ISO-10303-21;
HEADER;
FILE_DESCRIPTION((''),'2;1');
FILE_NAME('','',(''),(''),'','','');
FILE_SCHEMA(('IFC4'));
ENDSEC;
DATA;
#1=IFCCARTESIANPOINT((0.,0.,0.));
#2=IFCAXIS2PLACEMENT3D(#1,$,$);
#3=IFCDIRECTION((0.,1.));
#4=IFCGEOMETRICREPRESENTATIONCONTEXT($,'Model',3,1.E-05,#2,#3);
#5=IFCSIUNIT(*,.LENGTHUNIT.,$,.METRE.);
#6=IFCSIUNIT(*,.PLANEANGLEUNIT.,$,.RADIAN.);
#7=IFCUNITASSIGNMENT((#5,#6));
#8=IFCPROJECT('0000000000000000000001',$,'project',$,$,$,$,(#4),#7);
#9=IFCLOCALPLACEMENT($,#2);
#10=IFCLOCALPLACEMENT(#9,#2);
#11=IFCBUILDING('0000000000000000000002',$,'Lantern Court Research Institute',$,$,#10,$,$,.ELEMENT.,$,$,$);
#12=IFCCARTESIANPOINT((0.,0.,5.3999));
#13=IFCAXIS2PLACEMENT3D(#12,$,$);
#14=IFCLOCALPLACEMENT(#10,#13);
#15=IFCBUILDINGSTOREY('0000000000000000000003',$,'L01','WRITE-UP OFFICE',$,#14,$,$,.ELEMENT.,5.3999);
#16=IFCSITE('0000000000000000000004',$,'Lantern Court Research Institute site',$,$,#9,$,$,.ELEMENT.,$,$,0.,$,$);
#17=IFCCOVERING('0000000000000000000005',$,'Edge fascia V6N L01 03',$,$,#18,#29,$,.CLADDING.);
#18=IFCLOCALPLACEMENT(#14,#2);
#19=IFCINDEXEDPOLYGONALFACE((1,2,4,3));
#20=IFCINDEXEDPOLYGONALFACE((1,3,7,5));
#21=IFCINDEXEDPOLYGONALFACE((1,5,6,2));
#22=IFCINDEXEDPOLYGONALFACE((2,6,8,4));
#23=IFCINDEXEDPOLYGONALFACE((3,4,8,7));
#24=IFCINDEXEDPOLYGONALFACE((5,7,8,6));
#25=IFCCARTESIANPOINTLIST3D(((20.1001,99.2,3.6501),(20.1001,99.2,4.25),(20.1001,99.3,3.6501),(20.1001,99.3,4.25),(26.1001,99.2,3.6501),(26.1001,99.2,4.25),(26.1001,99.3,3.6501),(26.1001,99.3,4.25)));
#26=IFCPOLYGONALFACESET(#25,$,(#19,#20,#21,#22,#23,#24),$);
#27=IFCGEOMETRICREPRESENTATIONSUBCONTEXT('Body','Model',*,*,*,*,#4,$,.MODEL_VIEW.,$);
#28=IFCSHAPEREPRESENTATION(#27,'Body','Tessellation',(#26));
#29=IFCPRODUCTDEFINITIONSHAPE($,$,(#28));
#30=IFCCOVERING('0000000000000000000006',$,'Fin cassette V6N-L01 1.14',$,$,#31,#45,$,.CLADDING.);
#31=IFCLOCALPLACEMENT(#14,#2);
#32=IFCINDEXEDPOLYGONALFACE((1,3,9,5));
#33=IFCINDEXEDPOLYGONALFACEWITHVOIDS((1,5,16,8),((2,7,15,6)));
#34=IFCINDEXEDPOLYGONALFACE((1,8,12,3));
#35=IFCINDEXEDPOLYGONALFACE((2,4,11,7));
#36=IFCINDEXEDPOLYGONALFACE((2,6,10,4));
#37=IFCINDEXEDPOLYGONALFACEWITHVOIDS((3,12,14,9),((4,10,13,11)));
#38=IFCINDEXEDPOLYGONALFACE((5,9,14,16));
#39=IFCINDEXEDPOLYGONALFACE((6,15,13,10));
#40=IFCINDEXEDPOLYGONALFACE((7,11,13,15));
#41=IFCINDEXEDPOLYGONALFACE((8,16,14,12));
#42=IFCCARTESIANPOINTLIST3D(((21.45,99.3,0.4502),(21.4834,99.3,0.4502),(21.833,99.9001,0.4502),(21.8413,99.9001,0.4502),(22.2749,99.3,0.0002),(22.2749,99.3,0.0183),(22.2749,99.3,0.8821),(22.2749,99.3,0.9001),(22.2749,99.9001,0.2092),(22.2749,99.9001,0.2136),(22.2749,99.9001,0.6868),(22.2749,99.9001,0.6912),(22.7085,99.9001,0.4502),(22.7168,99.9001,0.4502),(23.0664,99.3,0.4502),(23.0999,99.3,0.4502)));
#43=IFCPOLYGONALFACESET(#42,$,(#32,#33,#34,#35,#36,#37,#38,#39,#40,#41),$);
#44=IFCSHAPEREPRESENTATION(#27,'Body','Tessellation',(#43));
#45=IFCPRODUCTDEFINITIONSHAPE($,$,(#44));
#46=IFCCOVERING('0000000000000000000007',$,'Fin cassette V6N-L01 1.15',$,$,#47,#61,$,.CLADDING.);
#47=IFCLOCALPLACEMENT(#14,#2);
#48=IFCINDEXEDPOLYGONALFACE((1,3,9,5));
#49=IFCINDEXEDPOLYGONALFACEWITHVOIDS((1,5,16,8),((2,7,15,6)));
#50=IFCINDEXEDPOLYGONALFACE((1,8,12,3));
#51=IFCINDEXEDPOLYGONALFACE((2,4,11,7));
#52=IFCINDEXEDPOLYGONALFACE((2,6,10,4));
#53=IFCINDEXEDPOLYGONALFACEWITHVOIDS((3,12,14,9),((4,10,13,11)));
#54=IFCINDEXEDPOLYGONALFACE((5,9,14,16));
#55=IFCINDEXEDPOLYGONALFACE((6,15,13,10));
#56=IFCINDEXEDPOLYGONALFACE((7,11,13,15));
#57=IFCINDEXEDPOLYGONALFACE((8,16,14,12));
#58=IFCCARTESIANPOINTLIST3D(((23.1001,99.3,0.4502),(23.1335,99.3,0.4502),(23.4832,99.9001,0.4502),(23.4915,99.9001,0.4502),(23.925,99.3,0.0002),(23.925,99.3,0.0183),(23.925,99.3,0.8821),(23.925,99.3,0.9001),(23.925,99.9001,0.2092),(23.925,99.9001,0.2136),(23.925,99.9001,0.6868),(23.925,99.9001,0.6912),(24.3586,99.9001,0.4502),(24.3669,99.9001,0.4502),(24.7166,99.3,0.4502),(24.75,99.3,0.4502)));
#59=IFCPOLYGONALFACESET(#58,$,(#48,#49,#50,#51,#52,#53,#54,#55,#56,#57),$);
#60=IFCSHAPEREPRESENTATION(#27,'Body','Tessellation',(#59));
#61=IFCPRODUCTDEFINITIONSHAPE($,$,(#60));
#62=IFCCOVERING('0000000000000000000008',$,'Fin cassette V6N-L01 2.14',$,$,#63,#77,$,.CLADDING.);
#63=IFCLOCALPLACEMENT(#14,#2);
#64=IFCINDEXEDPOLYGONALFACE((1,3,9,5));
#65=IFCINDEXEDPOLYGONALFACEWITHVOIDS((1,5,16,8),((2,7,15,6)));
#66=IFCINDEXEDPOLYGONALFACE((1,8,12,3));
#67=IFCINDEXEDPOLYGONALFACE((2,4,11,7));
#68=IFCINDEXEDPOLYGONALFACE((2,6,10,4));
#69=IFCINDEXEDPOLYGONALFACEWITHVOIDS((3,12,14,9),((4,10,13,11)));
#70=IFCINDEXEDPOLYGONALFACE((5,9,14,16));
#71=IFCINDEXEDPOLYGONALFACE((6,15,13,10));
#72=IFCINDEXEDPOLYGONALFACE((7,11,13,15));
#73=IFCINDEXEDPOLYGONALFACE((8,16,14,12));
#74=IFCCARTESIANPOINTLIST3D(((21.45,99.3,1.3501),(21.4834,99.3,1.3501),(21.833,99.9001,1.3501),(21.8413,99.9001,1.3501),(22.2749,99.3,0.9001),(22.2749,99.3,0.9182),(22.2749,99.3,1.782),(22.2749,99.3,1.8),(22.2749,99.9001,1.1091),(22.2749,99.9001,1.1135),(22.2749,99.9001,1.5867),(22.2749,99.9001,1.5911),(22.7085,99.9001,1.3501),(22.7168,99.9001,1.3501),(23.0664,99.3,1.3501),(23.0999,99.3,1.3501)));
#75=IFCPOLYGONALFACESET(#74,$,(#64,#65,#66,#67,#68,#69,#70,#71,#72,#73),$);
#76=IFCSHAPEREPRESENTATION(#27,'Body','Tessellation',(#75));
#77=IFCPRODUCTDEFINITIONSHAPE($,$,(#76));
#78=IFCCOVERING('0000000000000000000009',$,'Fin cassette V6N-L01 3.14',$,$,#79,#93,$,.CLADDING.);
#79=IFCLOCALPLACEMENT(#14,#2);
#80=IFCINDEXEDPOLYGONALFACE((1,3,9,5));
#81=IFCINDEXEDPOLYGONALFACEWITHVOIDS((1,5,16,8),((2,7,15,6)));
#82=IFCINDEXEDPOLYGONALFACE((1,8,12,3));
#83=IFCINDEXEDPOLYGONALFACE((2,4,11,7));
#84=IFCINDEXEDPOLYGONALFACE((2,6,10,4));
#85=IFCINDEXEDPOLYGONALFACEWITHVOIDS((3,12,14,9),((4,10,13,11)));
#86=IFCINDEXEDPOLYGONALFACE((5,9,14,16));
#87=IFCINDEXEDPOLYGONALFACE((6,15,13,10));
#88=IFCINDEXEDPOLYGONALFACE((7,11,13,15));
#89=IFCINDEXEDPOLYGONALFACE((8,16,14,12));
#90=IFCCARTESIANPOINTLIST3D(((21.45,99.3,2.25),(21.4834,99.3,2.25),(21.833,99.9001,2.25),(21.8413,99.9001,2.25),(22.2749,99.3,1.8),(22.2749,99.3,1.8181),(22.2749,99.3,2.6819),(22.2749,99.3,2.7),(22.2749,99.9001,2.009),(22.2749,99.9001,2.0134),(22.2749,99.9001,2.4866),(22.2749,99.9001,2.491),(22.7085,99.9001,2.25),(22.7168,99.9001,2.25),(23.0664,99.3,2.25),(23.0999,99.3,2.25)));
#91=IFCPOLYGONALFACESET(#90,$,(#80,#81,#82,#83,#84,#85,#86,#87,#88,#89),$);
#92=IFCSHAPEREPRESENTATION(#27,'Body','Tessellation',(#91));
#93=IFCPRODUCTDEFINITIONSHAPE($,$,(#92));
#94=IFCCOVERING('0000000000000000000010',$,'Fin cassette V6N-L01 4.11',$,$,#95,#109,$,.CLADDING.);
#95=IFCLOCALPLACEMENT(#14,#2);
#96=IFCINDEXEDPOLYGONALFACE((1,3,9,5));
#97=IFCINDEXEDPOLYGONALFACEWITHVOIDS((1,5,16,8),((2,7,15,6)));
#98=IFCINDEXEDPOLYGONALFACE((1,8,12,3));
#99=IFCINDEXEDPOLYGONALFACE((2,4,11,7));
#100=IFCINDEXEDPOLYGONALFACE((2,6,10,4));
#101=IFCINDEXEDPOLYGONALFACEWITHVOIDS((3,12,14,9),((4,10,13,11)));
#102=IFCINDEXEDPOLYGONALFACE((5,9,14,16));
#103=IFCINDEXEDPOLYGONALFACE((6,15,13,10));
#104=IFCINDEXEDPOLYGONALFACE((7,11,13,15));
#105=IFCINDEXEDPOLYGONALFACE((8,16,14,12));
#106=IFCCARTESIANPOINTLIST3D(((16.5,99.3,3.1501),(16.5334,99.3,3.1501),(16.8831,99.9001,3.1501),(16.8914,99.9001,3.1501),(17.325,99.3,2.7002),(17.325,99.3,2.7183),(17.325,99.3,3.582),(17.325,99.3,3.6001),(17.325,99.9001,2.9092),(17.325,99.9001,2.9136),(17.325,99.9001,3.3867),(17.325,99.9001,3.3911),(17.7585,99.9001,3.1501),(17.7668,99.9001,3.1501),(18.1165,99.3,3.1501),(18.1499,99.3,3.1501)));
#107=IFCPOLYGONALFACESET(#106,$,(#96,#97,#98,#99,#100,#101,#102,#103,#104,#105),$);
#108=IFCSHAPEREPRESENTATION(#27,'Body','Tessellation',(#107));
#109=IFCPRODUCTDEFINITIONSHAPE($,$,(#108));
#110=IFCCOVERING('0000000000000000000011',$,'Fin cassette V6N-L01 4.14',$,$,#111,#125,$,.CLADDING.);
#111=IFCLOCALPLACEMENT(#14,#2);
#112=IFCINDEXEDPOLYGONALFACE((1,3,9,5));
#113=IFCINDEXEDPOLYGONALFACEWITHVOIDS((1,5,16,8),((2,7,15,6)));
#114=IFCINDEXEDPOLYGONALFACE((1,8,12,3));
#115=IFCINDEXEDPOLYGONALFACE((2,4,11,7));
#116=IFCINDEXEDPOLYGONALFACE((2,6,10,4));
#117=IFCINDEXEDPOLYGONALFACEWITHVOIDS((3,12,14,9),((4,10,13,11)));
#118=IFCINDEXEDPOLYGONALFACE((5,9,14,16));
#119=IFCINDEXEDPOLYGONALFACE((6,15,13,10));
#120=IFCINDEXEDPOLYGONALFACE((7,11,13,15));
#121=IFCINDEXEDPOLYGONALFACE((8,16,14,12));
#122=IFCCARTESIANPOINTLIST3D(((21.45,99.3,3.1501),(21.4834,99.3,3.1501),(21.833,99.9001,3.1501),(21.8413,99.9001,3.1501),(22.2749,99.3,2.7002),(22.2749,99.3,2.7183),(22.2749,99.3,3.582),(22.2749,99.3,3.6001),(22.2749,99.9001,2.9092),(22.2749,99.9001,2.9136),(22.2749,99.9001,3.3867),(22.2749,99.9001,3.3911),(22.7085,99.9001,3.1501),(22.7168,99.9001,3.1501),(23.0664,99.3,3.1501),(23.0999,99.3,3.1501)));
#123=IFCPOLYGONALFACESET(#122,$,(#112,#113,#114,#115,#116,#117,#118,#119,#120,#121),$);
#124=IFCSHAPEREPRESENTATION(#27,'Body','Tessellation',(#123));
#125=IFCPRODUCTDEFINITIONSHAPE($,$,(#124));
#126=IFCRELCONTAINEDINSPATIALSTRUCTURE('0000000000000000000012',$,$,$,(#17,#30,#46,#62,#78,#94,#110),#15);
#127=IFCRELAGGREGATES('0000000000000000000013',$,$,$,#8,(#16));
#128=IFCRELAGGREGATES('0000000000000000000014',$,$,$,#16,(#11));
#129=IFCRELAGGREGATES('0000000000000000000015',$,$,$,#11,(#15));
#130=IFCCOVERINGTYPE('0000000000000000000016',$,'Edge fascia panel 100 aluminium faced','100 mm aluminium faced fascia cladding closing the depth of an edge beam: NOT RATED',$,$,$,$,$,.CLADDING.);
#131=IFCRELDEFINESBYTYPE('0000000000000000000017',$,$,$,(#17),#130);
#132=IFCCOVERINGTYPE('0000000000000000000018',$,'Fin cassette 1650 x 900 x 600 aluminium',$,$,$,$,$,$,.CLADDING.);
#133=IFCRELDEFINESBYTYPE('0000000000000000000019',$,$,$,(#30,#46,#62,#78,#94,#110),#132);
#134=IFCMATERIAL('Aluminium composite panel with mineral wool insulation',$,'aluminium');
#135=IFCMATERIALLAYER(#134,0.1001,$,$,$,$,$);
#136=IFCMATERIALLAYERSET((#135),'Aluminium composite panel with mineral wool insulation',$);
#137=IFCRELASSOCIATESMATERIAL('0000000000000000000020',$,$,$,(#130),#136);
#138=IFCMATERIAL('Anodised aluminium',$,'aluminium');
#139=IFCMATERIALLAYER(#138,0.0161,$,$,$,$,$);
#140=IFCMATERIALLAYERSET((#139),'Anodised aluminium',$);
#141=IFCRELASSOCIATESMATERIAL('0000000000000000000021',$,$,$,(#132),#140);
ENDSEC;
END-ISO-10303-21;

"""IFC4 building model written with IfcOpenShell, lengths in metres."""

from ifc_helpers import new_model, entity, si_unit, direction, frame, frame_2d, origin, place, context, subcontext, project, spatial, rectangle, extrude, material, layer, layer_set, type_object, element, save


model = new_model("IFC4")

# Units and contexts
model_context = context("Model", 3, precision=1e-05, world=origin(), true_north=direction((0.0, 1.0)))
body_context = subcontext(model_context, "Body", "Model", "MODEL_VIEW")
ifc_project = project(units=[si_unit("LENGTHUNIT", "METRE"), si_unit("PLANEANGLEUNIT", "RADIAN")], contexts=[model_context])

# Site, building, storey
site_placement = place(None, origin())
site = spatial("IfcSite", under=ifc_project, at=site_placement, Name="Lantern Court Research Institute site", CompositionType="ELEMENT", RefElevation=0.0)
building_placement = place(site_placement, origin())
building = spatial("IfcBuilding", under=site, at=building_placement, Name="Lantern Court Research Institute", CompositionType="ELEMENT")
storey_placement = place(building_placement, frame((0.0, 0.0, 5.3999)))
storey = spatial("IfcBuildingStorey", under=building, at=storey_placement, Name="L01", Description="WRITE-UP OFFICE", CompositionType="ELEMENT", Elevation=5.3999)

# Coverings
ifc_material_1 = material(Name="Aluminium composite panel with mineral wool insulation", Category="aluminium")
ifc_layer_1 = layer(ifc_material_1, 0.1001)
ifc_layer_set_1 = layer_set([ifc_layer_1], Name="Aluminium composite panel with mineral wool insulation")
covering_type_1 = type_object("IfcCoveringType", Name="Edge fascia panel 100 aluminium faced", Description="100 mm aluminium faced fascia cladding closing the depth of an edge beam: NOT RATED", PredefinedType="CLADDING", material=ifc_layer_set_1)
covering_1_placement = place(storey_placement, frame((20.1001, 99.25, 3.6501), z_axis=(0.0, 0.0, 1.0), x_axis=(1.0, 0.0, 0.0)))
element("IfcCovering", 1, at=covering_1_placement, inside=storey, type_object=covering_type_1, Name="Edge fascia V6N L01 03", PredefinedType="CLADDING", context=body_context, shape_type="SweptSolid", body=[
    extrude(rectangle(XDim=6.0, YDim=0.1001, at=frame_2d((3.0, 0.0))), origin(), (0.0, 0.0, 1.0), 0.5999),
])
ifc_material_2 = material(Name="Anodised aluminium", Category="aluminium")
ifc_layer_2 = layer(ifc_material_2, 0.0161)
ifc_layer_set_2 = layer_set([ifc_layer_2], Name="Anodised aluminium")
covering_type_2 = type_object("IfcCoveringType", Name="Fin cassette 1650 x 900 x 600 aluminium", PredefinedType="CLADDING", material=ifc_layer_set_2)
covering_2_placement = place(storey_placement, frame((22.2749, 99.3, 0.4502), z_axis=(0.0, 1.0, 0.0), x_axis=(-1.0, 0.0, 0.0)))
cartesian_point_1 = entity("IfcCartesianPoint", [0.825, 0.0])
cartesian_point_2 = entity("IfcCartesianPoint", [0.7915, 0.0])
cartesian_point_3 = entity("IfcCartesianPoint", [0.4419, 0.0])
cartesian_point_4 = entity("IfcCartesianPoint", [0.4336, 0.0])
element("IfcCovering", 2, at=covering_2_placement, inside=storey, type_object=covering_type_2, Name="Fin cassette V6N-L01 1.14", PredefinedType="CLADDING", context=body_context, shape_type="SweptSolid", body=[
    entity("IfcExtrudedAreaSolidTapered", entity("IfcArbitraryProfileDefWithVoids", "AREA", None, entity("IfcPolyline", [cartesian_point_1, entity("IfcCartesianPoint", [0.0, 0.45]), entity("IfcCartesianPoint", [-0.825, 0.0]), entity("IfcCartesianPoint", [0.0, -0.45]), cartesian_point_1]), [entity("IfcPolyline", [cartesian_point_2, entity("IfcCartesianPoint", [0.0, 0.4319]), entity("IfcCartesianPoint", [-0.7915, 0.0]), entity("IfcCartesianPoint", [0.0, -0.4319]), cartesian_point_2])]), entity("IfcAxis2Placement3D", entity("IfcCartesianPoint", [0.0, 0.0, 0.0])), entity("IfcDirection", [0.0, 0.0, 1.0]), 0.6001, entity("IfcArbitraryProfileDefWithVoids", "AREA", None, entity("IfcPolyline", [cartesian_point_3, entity("IfcCartesianPoint", [0.0, 0.241]), entity("IfcCartesianPoint", [-0.4419, 0.0]), entity("IfcCartesianPoint", [0.0, -0.241]), cartesian_point_3]), [entity("IfcPolyline", [cartesian_point_4, entity("IfcCartesianPoint", [0.0, 0.2366]), entity("IfcCartesianPoint", [-0.4336, 0.0]), entity("IfcCartesianPoint", [0.0, -0.2366]), cartesian_point_4])])),
])
covering_3_placement = place(storey_placement, frame((23.925, 99.3, 0.4502), z_axis=(0.0, 1.0, 0.0), x_axis=(-1.0, 0.0, 0.0)))
cartesian_point_5 = entity("IfcCartesianPoint", [0.825, 0.0])
cartesian_point_6 = entity("IfcCartesianPoint", [0.7915, 0.0])
cartesian_point_7 = entity("IfcCartesianPoint", [0.4419, 0.0])
cartesian_point_8 = entity("IfcCartesianPoint", [0.4336, 0.0])
element("IfcCovering", 3, at=covering_3_placement, inside=storey, type_object=covering_type_2, Name="Fin cassette V6N-L01 1.15", PredefinedType="CLADDING", context=body_context, shape_type="SweptSolid", body=[
    entity("IfcExtrudedAreaSolidTapered", entity("IfcArbitraryProfileDefWithVoids", "AREA", None, entity("IfcPolyline", [cartesian_point_5, entity("IfcCartesianPoint", [0.0, 0.45]), entity("IfcCartesianPoint", [-0.825, 0.0]), entity("IfcCartesianPoint", [0.0, -0.45]), cartesian_point_5]), [entity("IfcPolyline", [cartesian_point_6, entity("IfcCartesianPoint", [0.0, 0.4319]), entity("IfcCartesianPoint", [-0.7915, 0.0]), entity("IfcCartesianPoint", [0.0, -0.4319]), cartesian_point_6])]), entity("IfcAxis2Placement3D", entity("IfcCartesianPoint", [0.0, 0.0, 0.0])), entity("IfcDirection", [0.0, 0.0, 1.0]), 0.6001, entity("IfcArbitraryProfileDefWithVoids", "AREA", None, entity("IfcPolyline", [cartesian_point_7, entity("IfcCartesianPoint", [0.0, 0.241]), entity("IfcCartesianPoint", [-0.4419, 0.0]), entity("IfcCartesianPoint", [0.0, -0.241]), cartesian_point_7]), [entity("IfcPolyline", [cartesian_point_8, entity("IfcCartesianPoint", [0.0, 0.2366]), entity("IfcCartesianPoint", [-0.4336, 0.0]), entity("IfcCartesianPoint", [0.0, -0.2366]), cartesian_point_8])])),
])
covering_4_placement = place(storey_placement, frame((22.2749, 99.3, 1.3501), z_axis=(0.0, 1.0, 0.0), x_axis=(-1.0, 0.0, 0.0)))
cartesian_point_9 = entity("IfcCartesianPoint", [0.825, 0.0])
cartesian_point_10 = entity("IfcCartesianPoint", [0.7915, 0.0])
cartesian_point_11 = entity("IfcCartesianPoint", [0.4419, 0.0])
cartesian_point_12 = entity("IfcCartesianPoint", [0.4336, 0.0])
element("IfcCovering", 4, at=covering_4_placement, inside=storey, type_object=covering_type_2, Name="Fin cassette V6N-L01 2.14", PredefinedType="CLADDING", context=body_context, shape_type="SweptSolid", body=[
    entity("IfcExtrudedAreaSolidTapered", entity("IfcArbitraryProfileDefWithVoids", "AREA", None, entity("IfcPolyline", [cartesian_point_9, entity("IfcCartesianPoint", [0.0, 0.45]), entity("IfcCartesianPoint", [-0.825, 0.0]), entity("IfcCartesianPoint", [0.0, -0.45]), cartesian_point_9]), [entity("IfcPolyline", [cartesian_point_10, entity("IfcCartesianPoint", [0.0, 0.4319]), entity("IfcCartesianPoint", [-0.7915, 0.0]), entity("IfcCartesianPoint", [0.0, -0.4319]), cartesian_point_10])]), entity("IfcAxis2Placement3D", entity("IfcCartesianPoint", [0.0, 0.0, 0.0])), entity("IfcDirection", [0.0, 0.0, 1.0]), 0.6001, entity("IfcArbitraryProfileDefWithVoids", "AREA", None, entity("IfcPolyline", [cartesian_point_11, entity("IfcCartesianPoint", [0.0, 0.241]), entity("IfcCartesianPoint", [-0.4419, 0.0]), entity("IfcCartesianPoint", [0.0, -0.241]), cartesian_point_11]), [entity("IfcPolyline", [cartesian_point_12, entity("IfcCartesianPoint", [0.0, 0.2366]), entity("IfcCartesianPoint", [-0.4336, 0.0]), entity("IfcCartesianPoint", [0.0, -0.2366]), cartesian_point_12])])),
])
covering_5_placement = place(storey_placement, frame((22.2749, 99.3, 2.25), z_axis=(0.0, 1.0, 0.0), x_axis=(-1.0, 0.0, 0.0)))
cartesian_point_13 = entity("IfcCartesianPoint", [0.825, 0.0])
cartesian_point_14 = entity("IfcCartesianPoint", [0.7915, 0.0])
cartesian_point_15 = entity("IfcCartesianPoint", [0.4419, 0.0])
cartesian_point_16 = entity("IfcCartesianPoint", [0.4336, 0.0])
element("IfcCovering", 5, at=covering_5_placement, inside=storey, type_object=covering_type_2, Name="Fin cassette V6N-L01 3.14", PredefinedType="CLADDING", context=body_context, shape_type="SweptSolid", body=[
    entity("IfcExtrudedAreaSolidTapered", entity("IfcArbitraryProfileDefWithVoids", "AREA", None, entity("IfcPolyline", [cartesian_point_13, entity("IfcCartesianPoint", [0.0, 0.45]), entity("IfcCartesianPoint", [-0.825, 0.0]), entity("IfcCartesianPoint", [0.0, -0.45]), cartesian_point_13]), [entity("IfcPolyline", [cartesian_point_14, entity("IfcCartesianPoint", [0.0, 0.4319]), entity("IfcCartesianPoint", [-0.7915, 0.0]), entity("IfcCartesianPoint", [0.0, -0.4319]), cartesian_point_14])]), entity("IfcAxis2Placement3D", entity("IfcCartesianPoint", [0.0, 0.0, 0.0])), entity("IfcDirection", [0.0, 0.0, 1.0]), 0.6001, entity("IfcArbitraryProfileDefWithVoids", "AREA", None, entity("IfcPolyline", [cartesian_point_15, entity("IfcCartesianPoint", [0.0, 0.241]), entity("IfcCartesianPoint", [-0.4419, 0.0]), entity("IfcCartesianPoint", [0.0, -0.241]), cartesian_point_15]), [entity("IfcPolyline", [cartesian_point_16, entity("IfcCartesianPoint", [0.0, 0.2366]), entity("IfcCartesianPoint", [-0.4336, 0.0]), entity("IfcCartesianPoint", [0.0, -0.2366]), cartesian_point_16])])),
])
covering_6_placement = place(storey_placement, frame((17.325, 99.3, 3.1501), z_axis=(0.0, 1.0, 0.0), x_axis=(-1.0, 0.0, 0.0)))
cartesian_point_17 = entity("IfcCartesianPoint", [0.825, 0.0])
cartesian_point_18 = entity("IfcCartesianPoint", [0.7915, 0.0])
cartesian_point_19 = entity("IfcCartesianPoint", [0.4419, 0.0])
cartesian_point_20 = entity("IfcCartesianPoint", [0.4336, 0.0])
element("IfcCovering", 6, at=covering_6_placement, inside=storey, type_object=covering_type_2, Name="Fin cassette V6N-L01 4.11", PredefinedType="CLADDING", context=body_context, shape_type="SweptSolid", body=[
    entity("IfcExtrudedAreaSolidTapered", entity("IfcArbitraryProfileDefWithVoids", "AREA", None, entity("IfcPolyline", [cartesian_point_17, entity("IfcCartesianPoint", [0.0, 0.45]), entity("IfcCartesianPoint", [-0.825, 0.0]), entity("IfcCartesianPoint", [0.0, -0.45]), cartesian_point_17]), [entity("IfcPolyline", [cartesian_point_18, entity("IfcCartesianPoint", [0.0, 0.4319]), entity("IfcCartesianPoint", [-0.7915, 0.0]), entity("IfcCartesianPoint", [0.0, -0.4319]), cartesian_point_18])]), entity("IfcAxis2Placement3D", entity("IfcCartesianPoint", [0.0, 0.0, 0.0])), entity("IfcDirection", [0.0, 0.0, 1.0]), 0.6001, entity("IfcArbitraryProfileDefWithVoids", "AREA", None, entity("IfcPolyline", [cartesian_point_19, entity("IfcCartesianPoint", [0.0, 0.241]), entity("IfcCartesianPoint", [-0.4419, 0.0]), entity("IfcCartesianPoint", [0.0, -0.241]), cartesian_point_19]), [entity("IfcPolyline", [cartesian_point_20, entity("IfcCartesianPoint", [0.0, 0.2366]), entity("IfcCartesianPoint", [-0.4336, 0.0]), entity("IfcCartesianPoint", [0.0, -0.2366]), cartesian_point_20])])),
])
covering_7_placement = place(storey_placement, frame((22.2749, 99.3, 3.1501), z_axis=(0.0, 1.0, 0.0), x_axis=(-1.0, 0.0, 0.0)))
cartesian_point_21 = entity("IfcCartesianPoint", [0.825, 0.0])
cartesian_point_22 = entity("IfcCartesianPoint", [0.7915, 0.0])
cartesian_point_23 = entity("IfcCartesianPoint", [0.4419, 0.0])
cartesian_point_24 = entity("IfcCartesianPoint", [0.4336, 0.0])
element("IfcCovering", 7, at=covering_7_placement, inside=storey, type_object=covering_type_2, Name="Fin cassette V6N-L01 4.14", PredefinedType="CLADDING", context=body_context, shape_type="SweptSolid", body=[
    entity("IfcExtrudedAreaSolidTapered", entity("IfcArbitraryProfileDefWithVoids", "AREA", None, entity("IfcPolyline", [cartesian_point_21, entity("IfcCartesianPoint", [0.0, 0.45]), entity("IfcCartesianPoint", [-0.825, 0.0]), entity("IfcCartesianPoint", [0.0, -0.45]), cartesian_point_21]), [entity("IfcPolyline", [cartesian_point_22, entity("IfcCartesianPoint", [0.0, 0.4319]), entity("IfcCartesianPoint", [-0.7915, 0.0]), entity("IfcCartesianPoint", [0.0, -0.4319]), cartesian_point_22])]), entity("IfcAxis2Placement3D", entity("IfcCartesianPoint", [0.0, 0.0, 0.0])), entity("IfcDirection", [0.0, 0.0, 1.0]), 0.6001, entity("IfcArbitraryProfileDefWithVoids", "AREA", None, entity("IfcPolyline", [cartesian_point_23, entity("IfcCartesianPoint", [0.0, 0.241]), entity("IfcCartesianPoint", [-0.4419, 0.0]), entity("IfcCartesianPoint", [0.0, -0.241]), cartesian_point_23]), [entity("IfcPolyline", [cartesian_point_24, entity("IfcCartesianPoint", [0.0, 0.2366]), entity("IfcCartesianPoint", [-0.4336, 0.0]), entity("IfcCartesianPoint", [0.0, -0.2366]), cartesian_point_24])])),
])

save(model, "model.ifc")
